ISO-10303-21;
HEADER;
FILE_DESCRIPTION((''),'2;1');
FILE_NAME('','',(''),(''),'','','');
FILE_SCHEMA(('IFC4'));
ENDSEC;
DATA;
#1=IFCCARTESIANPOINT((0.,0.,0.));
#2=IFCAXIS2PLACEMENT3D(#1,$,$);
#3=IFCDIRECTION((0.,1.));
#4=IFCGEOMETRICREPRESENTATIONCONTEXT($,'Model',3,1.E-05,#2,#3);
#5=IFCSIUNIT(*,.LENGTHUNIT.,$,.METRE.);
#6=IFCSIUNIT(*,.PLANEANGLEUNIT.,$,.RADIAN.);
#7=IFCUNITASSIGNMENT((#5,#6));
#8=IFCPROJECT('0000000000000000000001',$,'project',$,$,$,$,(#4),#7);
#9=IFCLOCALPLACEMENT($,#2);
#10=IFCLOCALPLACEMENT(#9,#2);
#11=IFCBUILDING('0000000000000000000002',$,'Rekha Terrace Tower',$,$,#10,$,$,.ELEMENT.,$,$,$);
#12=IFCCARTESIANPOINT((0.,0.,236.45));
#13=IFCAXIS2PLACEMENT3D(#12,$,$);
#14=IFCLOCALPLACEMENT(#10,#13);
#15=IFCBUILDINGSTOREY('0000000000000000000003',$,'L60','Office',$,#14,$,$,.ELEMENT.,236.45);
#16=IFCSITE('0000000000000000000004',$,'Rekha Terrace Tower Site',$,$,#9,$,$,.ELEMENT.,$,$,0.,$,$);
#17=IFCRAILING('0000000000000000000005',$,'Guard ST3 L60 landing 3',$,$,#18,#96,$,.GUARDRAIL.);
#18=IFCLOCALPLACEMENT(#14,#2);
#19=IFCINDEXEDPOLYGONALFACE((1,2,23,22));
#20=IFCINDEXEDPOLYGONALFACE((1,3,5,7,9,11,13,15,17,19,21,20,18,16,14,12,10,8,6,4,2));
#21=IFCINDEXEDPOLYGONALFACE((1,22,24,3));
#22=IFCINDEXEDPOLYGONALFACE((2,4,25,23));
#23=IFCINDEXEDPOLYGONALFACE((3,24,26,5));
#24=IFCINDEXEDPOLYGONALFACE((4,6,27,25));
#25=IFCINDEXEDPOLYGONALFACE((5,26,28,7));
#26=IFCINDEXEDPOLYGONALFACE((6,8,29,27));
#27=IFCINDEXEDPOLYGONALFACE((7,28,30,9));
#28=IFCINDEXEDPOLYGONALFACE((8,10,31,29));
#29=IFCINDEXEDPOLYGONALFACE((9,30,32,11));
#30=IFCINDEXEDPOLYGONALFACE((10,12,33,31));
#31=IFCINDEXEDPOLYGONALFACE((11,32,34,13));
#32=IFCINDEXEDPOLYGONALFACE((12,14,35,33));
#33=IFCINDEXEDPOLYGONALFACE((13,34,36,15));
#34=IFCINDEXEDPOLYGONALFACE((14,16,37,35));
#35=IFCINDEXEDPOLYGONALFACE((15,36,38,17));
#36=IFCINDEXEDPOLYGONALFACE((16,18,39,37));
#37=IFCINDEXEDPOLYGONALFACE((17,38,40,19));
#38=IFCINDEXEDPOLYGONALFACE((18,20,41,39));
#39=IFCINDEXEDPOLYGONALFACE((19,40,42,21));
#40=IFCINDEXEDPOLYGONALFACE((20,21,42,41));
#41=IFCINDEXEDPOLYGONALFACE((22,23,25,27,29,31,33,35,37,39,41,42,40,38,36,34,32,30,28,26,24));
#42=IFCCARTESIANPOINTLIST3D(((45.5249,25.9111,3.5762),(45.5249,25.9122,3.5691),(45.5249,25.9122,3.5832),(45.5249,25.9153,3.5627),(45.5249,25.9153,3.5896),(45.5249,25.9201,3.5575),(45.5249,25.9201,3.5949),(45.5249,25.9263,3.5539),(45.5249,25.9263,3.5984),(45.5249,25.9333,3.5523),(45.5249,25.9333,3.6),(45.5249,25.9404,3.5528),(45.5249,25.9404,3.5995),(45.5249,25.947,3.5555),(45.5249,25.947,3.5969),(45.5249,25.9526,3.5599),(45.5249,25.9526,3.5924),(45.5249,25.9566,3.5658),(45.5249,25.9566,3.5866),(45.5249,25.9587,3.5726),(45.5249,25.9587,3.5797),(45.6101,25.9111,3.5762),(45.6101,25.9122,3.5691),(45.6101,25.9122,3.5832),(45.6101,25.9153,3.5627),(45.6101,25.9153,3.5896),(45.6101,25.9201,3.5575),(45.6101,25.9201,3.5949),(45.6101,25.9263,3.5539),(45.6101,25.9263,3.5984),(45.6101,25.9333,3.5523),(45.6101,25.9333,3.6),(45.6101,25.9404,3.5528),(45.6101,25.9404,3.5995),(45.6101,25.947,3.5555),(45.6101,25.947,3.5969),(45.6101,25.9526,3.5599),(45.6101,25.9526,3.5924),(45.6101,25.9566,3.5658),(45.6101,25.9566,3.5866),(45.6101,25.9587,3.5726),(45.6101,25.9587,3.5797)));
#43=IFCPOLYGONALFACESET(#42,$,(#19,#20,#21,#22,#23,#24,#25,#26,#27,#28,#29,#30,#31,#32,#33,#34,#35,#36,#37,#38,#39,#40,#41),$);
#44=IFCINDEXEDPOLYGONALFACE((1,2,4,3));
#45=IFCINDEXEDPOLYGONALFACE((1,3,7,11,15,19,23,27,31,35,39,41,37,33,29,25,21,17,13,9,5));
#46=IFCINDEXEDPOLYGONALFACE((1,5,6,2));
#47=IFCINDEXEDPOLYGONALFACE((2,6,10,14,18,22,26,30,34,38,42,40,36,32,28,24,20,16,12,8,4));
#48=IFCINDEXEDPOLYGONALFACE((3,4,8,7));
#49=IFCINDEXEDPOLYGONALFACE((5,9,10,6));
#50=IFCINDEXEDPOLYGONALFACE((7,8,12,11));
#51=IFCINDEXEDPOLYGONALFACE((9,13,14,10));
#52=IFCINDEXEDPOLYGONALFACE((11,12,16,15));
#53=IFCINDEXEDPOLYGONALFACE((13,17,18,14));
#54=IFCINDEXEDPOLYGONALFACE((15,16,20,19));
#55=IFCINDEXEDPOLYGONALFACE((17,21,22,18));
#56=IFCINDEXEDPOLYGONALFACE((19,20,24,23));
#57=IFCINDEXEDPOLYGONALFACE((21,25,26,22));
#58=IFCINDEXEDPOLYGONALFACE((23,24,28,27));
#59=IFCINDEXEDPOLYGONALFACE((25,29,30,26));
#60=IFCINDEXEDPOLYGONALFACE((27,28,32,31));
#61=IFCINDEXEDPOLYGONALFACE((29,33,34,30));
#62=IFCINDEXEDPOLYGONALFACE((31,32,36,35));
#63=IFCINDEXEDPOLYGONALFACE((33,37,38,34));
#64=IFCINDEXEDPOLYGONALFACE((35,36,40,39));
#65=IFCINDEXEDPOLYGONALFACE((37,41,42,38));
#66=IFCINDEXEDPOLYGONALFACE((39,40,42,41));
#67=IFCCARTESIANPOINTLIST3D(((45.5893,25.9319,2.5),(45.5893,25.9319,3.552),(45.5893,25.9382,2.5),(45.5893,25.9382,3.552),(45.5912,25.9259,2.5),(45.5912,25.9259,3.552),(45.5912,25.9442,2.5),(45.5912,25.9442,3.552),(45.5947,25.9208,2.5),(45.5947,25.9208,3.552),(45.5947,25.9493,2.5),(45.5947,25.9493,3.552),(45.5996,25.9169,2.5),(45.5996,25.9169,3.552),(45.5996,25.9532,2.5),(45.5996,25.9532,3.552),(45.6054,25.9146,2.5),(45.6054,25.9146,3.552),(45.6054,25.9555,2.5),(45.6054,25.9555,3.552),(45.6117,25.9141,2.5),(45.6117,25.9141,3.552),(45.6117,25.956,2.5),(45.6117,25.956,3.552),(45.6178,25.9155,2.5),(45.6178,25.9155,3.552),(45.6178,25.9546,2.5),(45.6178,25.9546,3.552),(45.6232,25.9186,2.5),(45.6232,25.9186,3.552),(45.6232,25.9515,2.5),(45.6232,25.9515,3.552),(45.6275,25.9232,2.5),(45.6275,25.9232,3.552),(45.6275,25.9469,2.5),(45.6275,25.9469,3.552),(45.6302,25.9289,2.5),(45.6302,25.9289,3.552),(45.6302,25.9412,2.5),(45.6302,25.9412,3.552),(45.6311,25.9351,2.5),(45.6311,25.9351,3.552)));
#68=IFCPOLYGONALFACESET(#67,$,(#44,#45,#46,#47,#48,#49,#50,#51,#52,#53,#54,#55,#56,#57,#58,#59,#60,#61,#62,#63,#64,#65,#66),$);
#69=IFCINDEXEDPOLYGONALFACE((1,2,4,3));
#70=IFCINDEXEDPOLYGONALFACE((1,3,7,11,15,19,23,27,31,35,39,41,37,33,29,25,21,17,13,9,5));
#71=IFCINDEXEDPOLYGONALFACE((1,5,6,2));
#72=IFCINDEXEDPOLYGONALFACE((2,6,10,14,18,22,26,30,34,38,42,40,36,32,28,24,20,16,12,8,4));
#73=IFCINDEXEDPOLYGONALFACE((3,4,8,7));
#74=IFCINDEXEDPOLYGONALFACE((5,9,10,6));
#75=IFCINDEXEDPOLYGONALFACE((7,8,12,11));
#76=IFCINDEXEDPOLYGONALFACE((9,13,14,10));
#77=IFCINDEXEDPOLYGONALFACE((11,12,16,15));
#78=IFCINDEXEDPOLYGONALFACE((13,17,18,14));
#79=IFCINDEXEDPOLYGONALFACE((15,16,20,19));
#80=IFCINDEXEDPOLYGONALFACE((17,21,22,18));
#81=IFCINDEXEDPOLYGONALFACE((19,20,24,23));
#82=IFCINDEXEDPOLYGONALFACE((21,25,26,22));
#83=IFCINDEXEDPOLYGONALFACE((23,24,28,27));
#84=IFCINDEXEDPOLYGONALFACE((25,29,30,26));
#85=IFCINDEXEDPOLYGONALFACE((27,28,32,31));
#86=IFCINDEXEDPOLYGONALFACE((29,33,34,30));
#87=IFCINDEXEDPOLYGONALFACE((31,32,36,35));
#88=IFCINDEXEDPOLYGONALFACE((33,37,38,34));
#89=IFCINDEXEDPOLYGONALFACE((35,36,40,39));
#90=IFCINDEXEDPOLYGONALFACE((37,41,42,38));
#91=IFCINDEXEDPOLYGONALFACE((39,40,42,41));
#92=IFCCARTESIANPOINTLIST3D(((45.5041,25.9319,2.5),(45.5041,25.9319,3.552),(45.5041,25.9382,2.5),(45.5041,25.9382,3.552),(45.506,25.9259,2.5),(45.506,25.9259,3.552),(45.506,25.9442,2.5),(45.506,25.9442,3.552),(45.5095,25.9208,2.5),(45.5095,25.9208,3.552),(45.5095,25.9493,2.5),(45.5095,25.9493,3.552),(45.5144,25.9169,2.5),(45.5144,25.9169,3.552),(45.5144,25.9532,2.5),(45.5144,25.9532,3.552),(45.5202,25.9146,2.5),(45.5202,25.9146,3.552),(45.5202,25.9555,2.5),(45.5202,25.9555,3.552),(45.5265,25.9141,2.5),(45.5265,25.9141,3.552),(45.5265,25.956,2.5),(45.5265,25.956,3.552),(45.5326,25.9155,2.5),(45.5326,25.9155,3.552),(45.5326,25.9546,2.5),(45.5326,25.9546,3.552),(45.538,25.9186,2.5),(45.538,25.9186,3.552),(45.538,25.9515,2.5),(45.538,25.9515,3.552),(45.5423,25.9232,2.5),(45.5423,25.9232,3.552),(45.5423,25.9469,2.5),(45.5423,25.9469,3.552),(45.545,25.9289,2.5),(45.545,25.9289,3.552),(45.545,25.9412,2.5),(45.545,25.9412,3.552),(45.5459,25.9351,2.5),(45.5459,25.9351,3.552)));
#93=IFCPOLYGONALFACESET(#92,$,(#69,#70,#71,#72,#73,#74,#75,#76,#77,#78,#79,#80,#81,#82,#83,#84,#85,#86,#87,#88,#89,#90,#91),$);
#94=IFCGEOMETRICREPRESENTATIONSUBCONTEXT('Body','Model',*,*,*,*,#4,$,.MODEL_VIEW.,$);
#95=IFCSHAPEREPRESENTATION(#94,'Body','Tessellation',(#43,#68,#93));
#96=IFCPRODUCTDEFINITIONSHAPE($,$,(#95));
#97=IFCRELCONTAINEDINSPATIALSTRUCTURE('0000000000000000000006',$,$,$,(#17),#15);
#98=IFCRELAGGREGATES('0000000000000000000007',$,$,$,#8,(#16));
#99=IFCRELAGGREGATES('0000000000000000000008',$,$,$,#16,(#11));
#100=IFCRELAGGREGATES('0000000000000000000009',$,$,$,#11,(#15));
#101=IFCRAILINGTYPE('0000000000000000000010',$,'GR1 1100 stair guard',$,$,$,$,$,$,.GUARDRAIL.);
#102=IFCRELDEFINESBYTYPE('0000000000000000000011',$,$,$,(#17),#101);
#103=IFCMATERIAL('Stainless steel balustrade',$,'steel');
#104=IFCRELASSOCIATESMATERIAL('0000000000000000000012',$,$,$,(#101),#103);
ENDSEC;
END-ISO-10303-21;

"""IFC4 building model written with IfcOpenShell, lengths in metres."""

from ifc_helpers import new_model, si_unit, direction, frame, origin, origin_2d, place, context, subcontext, project, spatial, circle, extrude, material, type_object, element, save


model = new_model("IFC4")

# Units and contexts
model_context = context("Model", 3, precision=1e-05, world=origin(), true_north=direction((0.0, 1.0)))
body_context = subcontext(model_context, "Body", "Model", "MODEL_VIEW")
ifc_project = project(units=[si_unit("LENGTHUNIT", "METRE"), si_unit("PLANEANGLEUNIT", "RADIAN")], contexts=[model_context])

# Site, building, storey
site_placement = place(None, origin())
site = spatial("IfcSite", under=ifc_project, at=site_placement, Name="Rekha Terrace Tower Site", CompositionType="ELEMENT", RefElevation=0.0)
building_placement = place(site_placement, origin())
building = spatial("IfcBuilding", under=site, at=building_placement, Name="Rekha Terrace Tower", CompositionType="ELEMENT")
storey_placement = place(building_placement, frame((0.0, 0.0, 236.45)))
storey = spatial("IfcBuildingStorey", under=building, at=storey_placement, Name="L60", Description="Office", CompositionType="ELEMENT", Elevation=236.45)

# Railing
ifc_material_1 = material(Name="Stainless steel balustrade", Category="steel")
railing_type_1 = type_object("IfcRailingType", Name="GR1 1100 stair guard", PredefinedType="GUARDRAIL", material=ifc_material_1)
railing_1_placement = place(storey_placement, frame((45.6101, 25.9351, 2.5)))
element("IfcRailing", 1, at=railing_1_placement, inside=storey, type_object=railing_type_1, Name="Guard ST3 L60 landing 3", PredefinedType="GUARDRAIL", context=body_context, shape_type="SweptSolid", body=[
    extrude(circle(Radius=0.0239, at=origin_2d()), frame((0.0, 0.0, 1.0762), z_axis=(-1.0, 0.0, 0.0), x_axis=(0.0, -1.0, 0.0)), (0.0, 0.0, 1.0), 0.0852),
    extrude(circle(Radius=0.021, at=origin_2d()), origin(), (0.0, 0.0, 1.0), 1.052),
    extrude(circle(Radius=0.021, at=origin_2d()), frame((-0.0852, 0.0, 0.0)), (0.0, 0.0, 1.0), 1.052),
])

save(model, "model.ifc")
